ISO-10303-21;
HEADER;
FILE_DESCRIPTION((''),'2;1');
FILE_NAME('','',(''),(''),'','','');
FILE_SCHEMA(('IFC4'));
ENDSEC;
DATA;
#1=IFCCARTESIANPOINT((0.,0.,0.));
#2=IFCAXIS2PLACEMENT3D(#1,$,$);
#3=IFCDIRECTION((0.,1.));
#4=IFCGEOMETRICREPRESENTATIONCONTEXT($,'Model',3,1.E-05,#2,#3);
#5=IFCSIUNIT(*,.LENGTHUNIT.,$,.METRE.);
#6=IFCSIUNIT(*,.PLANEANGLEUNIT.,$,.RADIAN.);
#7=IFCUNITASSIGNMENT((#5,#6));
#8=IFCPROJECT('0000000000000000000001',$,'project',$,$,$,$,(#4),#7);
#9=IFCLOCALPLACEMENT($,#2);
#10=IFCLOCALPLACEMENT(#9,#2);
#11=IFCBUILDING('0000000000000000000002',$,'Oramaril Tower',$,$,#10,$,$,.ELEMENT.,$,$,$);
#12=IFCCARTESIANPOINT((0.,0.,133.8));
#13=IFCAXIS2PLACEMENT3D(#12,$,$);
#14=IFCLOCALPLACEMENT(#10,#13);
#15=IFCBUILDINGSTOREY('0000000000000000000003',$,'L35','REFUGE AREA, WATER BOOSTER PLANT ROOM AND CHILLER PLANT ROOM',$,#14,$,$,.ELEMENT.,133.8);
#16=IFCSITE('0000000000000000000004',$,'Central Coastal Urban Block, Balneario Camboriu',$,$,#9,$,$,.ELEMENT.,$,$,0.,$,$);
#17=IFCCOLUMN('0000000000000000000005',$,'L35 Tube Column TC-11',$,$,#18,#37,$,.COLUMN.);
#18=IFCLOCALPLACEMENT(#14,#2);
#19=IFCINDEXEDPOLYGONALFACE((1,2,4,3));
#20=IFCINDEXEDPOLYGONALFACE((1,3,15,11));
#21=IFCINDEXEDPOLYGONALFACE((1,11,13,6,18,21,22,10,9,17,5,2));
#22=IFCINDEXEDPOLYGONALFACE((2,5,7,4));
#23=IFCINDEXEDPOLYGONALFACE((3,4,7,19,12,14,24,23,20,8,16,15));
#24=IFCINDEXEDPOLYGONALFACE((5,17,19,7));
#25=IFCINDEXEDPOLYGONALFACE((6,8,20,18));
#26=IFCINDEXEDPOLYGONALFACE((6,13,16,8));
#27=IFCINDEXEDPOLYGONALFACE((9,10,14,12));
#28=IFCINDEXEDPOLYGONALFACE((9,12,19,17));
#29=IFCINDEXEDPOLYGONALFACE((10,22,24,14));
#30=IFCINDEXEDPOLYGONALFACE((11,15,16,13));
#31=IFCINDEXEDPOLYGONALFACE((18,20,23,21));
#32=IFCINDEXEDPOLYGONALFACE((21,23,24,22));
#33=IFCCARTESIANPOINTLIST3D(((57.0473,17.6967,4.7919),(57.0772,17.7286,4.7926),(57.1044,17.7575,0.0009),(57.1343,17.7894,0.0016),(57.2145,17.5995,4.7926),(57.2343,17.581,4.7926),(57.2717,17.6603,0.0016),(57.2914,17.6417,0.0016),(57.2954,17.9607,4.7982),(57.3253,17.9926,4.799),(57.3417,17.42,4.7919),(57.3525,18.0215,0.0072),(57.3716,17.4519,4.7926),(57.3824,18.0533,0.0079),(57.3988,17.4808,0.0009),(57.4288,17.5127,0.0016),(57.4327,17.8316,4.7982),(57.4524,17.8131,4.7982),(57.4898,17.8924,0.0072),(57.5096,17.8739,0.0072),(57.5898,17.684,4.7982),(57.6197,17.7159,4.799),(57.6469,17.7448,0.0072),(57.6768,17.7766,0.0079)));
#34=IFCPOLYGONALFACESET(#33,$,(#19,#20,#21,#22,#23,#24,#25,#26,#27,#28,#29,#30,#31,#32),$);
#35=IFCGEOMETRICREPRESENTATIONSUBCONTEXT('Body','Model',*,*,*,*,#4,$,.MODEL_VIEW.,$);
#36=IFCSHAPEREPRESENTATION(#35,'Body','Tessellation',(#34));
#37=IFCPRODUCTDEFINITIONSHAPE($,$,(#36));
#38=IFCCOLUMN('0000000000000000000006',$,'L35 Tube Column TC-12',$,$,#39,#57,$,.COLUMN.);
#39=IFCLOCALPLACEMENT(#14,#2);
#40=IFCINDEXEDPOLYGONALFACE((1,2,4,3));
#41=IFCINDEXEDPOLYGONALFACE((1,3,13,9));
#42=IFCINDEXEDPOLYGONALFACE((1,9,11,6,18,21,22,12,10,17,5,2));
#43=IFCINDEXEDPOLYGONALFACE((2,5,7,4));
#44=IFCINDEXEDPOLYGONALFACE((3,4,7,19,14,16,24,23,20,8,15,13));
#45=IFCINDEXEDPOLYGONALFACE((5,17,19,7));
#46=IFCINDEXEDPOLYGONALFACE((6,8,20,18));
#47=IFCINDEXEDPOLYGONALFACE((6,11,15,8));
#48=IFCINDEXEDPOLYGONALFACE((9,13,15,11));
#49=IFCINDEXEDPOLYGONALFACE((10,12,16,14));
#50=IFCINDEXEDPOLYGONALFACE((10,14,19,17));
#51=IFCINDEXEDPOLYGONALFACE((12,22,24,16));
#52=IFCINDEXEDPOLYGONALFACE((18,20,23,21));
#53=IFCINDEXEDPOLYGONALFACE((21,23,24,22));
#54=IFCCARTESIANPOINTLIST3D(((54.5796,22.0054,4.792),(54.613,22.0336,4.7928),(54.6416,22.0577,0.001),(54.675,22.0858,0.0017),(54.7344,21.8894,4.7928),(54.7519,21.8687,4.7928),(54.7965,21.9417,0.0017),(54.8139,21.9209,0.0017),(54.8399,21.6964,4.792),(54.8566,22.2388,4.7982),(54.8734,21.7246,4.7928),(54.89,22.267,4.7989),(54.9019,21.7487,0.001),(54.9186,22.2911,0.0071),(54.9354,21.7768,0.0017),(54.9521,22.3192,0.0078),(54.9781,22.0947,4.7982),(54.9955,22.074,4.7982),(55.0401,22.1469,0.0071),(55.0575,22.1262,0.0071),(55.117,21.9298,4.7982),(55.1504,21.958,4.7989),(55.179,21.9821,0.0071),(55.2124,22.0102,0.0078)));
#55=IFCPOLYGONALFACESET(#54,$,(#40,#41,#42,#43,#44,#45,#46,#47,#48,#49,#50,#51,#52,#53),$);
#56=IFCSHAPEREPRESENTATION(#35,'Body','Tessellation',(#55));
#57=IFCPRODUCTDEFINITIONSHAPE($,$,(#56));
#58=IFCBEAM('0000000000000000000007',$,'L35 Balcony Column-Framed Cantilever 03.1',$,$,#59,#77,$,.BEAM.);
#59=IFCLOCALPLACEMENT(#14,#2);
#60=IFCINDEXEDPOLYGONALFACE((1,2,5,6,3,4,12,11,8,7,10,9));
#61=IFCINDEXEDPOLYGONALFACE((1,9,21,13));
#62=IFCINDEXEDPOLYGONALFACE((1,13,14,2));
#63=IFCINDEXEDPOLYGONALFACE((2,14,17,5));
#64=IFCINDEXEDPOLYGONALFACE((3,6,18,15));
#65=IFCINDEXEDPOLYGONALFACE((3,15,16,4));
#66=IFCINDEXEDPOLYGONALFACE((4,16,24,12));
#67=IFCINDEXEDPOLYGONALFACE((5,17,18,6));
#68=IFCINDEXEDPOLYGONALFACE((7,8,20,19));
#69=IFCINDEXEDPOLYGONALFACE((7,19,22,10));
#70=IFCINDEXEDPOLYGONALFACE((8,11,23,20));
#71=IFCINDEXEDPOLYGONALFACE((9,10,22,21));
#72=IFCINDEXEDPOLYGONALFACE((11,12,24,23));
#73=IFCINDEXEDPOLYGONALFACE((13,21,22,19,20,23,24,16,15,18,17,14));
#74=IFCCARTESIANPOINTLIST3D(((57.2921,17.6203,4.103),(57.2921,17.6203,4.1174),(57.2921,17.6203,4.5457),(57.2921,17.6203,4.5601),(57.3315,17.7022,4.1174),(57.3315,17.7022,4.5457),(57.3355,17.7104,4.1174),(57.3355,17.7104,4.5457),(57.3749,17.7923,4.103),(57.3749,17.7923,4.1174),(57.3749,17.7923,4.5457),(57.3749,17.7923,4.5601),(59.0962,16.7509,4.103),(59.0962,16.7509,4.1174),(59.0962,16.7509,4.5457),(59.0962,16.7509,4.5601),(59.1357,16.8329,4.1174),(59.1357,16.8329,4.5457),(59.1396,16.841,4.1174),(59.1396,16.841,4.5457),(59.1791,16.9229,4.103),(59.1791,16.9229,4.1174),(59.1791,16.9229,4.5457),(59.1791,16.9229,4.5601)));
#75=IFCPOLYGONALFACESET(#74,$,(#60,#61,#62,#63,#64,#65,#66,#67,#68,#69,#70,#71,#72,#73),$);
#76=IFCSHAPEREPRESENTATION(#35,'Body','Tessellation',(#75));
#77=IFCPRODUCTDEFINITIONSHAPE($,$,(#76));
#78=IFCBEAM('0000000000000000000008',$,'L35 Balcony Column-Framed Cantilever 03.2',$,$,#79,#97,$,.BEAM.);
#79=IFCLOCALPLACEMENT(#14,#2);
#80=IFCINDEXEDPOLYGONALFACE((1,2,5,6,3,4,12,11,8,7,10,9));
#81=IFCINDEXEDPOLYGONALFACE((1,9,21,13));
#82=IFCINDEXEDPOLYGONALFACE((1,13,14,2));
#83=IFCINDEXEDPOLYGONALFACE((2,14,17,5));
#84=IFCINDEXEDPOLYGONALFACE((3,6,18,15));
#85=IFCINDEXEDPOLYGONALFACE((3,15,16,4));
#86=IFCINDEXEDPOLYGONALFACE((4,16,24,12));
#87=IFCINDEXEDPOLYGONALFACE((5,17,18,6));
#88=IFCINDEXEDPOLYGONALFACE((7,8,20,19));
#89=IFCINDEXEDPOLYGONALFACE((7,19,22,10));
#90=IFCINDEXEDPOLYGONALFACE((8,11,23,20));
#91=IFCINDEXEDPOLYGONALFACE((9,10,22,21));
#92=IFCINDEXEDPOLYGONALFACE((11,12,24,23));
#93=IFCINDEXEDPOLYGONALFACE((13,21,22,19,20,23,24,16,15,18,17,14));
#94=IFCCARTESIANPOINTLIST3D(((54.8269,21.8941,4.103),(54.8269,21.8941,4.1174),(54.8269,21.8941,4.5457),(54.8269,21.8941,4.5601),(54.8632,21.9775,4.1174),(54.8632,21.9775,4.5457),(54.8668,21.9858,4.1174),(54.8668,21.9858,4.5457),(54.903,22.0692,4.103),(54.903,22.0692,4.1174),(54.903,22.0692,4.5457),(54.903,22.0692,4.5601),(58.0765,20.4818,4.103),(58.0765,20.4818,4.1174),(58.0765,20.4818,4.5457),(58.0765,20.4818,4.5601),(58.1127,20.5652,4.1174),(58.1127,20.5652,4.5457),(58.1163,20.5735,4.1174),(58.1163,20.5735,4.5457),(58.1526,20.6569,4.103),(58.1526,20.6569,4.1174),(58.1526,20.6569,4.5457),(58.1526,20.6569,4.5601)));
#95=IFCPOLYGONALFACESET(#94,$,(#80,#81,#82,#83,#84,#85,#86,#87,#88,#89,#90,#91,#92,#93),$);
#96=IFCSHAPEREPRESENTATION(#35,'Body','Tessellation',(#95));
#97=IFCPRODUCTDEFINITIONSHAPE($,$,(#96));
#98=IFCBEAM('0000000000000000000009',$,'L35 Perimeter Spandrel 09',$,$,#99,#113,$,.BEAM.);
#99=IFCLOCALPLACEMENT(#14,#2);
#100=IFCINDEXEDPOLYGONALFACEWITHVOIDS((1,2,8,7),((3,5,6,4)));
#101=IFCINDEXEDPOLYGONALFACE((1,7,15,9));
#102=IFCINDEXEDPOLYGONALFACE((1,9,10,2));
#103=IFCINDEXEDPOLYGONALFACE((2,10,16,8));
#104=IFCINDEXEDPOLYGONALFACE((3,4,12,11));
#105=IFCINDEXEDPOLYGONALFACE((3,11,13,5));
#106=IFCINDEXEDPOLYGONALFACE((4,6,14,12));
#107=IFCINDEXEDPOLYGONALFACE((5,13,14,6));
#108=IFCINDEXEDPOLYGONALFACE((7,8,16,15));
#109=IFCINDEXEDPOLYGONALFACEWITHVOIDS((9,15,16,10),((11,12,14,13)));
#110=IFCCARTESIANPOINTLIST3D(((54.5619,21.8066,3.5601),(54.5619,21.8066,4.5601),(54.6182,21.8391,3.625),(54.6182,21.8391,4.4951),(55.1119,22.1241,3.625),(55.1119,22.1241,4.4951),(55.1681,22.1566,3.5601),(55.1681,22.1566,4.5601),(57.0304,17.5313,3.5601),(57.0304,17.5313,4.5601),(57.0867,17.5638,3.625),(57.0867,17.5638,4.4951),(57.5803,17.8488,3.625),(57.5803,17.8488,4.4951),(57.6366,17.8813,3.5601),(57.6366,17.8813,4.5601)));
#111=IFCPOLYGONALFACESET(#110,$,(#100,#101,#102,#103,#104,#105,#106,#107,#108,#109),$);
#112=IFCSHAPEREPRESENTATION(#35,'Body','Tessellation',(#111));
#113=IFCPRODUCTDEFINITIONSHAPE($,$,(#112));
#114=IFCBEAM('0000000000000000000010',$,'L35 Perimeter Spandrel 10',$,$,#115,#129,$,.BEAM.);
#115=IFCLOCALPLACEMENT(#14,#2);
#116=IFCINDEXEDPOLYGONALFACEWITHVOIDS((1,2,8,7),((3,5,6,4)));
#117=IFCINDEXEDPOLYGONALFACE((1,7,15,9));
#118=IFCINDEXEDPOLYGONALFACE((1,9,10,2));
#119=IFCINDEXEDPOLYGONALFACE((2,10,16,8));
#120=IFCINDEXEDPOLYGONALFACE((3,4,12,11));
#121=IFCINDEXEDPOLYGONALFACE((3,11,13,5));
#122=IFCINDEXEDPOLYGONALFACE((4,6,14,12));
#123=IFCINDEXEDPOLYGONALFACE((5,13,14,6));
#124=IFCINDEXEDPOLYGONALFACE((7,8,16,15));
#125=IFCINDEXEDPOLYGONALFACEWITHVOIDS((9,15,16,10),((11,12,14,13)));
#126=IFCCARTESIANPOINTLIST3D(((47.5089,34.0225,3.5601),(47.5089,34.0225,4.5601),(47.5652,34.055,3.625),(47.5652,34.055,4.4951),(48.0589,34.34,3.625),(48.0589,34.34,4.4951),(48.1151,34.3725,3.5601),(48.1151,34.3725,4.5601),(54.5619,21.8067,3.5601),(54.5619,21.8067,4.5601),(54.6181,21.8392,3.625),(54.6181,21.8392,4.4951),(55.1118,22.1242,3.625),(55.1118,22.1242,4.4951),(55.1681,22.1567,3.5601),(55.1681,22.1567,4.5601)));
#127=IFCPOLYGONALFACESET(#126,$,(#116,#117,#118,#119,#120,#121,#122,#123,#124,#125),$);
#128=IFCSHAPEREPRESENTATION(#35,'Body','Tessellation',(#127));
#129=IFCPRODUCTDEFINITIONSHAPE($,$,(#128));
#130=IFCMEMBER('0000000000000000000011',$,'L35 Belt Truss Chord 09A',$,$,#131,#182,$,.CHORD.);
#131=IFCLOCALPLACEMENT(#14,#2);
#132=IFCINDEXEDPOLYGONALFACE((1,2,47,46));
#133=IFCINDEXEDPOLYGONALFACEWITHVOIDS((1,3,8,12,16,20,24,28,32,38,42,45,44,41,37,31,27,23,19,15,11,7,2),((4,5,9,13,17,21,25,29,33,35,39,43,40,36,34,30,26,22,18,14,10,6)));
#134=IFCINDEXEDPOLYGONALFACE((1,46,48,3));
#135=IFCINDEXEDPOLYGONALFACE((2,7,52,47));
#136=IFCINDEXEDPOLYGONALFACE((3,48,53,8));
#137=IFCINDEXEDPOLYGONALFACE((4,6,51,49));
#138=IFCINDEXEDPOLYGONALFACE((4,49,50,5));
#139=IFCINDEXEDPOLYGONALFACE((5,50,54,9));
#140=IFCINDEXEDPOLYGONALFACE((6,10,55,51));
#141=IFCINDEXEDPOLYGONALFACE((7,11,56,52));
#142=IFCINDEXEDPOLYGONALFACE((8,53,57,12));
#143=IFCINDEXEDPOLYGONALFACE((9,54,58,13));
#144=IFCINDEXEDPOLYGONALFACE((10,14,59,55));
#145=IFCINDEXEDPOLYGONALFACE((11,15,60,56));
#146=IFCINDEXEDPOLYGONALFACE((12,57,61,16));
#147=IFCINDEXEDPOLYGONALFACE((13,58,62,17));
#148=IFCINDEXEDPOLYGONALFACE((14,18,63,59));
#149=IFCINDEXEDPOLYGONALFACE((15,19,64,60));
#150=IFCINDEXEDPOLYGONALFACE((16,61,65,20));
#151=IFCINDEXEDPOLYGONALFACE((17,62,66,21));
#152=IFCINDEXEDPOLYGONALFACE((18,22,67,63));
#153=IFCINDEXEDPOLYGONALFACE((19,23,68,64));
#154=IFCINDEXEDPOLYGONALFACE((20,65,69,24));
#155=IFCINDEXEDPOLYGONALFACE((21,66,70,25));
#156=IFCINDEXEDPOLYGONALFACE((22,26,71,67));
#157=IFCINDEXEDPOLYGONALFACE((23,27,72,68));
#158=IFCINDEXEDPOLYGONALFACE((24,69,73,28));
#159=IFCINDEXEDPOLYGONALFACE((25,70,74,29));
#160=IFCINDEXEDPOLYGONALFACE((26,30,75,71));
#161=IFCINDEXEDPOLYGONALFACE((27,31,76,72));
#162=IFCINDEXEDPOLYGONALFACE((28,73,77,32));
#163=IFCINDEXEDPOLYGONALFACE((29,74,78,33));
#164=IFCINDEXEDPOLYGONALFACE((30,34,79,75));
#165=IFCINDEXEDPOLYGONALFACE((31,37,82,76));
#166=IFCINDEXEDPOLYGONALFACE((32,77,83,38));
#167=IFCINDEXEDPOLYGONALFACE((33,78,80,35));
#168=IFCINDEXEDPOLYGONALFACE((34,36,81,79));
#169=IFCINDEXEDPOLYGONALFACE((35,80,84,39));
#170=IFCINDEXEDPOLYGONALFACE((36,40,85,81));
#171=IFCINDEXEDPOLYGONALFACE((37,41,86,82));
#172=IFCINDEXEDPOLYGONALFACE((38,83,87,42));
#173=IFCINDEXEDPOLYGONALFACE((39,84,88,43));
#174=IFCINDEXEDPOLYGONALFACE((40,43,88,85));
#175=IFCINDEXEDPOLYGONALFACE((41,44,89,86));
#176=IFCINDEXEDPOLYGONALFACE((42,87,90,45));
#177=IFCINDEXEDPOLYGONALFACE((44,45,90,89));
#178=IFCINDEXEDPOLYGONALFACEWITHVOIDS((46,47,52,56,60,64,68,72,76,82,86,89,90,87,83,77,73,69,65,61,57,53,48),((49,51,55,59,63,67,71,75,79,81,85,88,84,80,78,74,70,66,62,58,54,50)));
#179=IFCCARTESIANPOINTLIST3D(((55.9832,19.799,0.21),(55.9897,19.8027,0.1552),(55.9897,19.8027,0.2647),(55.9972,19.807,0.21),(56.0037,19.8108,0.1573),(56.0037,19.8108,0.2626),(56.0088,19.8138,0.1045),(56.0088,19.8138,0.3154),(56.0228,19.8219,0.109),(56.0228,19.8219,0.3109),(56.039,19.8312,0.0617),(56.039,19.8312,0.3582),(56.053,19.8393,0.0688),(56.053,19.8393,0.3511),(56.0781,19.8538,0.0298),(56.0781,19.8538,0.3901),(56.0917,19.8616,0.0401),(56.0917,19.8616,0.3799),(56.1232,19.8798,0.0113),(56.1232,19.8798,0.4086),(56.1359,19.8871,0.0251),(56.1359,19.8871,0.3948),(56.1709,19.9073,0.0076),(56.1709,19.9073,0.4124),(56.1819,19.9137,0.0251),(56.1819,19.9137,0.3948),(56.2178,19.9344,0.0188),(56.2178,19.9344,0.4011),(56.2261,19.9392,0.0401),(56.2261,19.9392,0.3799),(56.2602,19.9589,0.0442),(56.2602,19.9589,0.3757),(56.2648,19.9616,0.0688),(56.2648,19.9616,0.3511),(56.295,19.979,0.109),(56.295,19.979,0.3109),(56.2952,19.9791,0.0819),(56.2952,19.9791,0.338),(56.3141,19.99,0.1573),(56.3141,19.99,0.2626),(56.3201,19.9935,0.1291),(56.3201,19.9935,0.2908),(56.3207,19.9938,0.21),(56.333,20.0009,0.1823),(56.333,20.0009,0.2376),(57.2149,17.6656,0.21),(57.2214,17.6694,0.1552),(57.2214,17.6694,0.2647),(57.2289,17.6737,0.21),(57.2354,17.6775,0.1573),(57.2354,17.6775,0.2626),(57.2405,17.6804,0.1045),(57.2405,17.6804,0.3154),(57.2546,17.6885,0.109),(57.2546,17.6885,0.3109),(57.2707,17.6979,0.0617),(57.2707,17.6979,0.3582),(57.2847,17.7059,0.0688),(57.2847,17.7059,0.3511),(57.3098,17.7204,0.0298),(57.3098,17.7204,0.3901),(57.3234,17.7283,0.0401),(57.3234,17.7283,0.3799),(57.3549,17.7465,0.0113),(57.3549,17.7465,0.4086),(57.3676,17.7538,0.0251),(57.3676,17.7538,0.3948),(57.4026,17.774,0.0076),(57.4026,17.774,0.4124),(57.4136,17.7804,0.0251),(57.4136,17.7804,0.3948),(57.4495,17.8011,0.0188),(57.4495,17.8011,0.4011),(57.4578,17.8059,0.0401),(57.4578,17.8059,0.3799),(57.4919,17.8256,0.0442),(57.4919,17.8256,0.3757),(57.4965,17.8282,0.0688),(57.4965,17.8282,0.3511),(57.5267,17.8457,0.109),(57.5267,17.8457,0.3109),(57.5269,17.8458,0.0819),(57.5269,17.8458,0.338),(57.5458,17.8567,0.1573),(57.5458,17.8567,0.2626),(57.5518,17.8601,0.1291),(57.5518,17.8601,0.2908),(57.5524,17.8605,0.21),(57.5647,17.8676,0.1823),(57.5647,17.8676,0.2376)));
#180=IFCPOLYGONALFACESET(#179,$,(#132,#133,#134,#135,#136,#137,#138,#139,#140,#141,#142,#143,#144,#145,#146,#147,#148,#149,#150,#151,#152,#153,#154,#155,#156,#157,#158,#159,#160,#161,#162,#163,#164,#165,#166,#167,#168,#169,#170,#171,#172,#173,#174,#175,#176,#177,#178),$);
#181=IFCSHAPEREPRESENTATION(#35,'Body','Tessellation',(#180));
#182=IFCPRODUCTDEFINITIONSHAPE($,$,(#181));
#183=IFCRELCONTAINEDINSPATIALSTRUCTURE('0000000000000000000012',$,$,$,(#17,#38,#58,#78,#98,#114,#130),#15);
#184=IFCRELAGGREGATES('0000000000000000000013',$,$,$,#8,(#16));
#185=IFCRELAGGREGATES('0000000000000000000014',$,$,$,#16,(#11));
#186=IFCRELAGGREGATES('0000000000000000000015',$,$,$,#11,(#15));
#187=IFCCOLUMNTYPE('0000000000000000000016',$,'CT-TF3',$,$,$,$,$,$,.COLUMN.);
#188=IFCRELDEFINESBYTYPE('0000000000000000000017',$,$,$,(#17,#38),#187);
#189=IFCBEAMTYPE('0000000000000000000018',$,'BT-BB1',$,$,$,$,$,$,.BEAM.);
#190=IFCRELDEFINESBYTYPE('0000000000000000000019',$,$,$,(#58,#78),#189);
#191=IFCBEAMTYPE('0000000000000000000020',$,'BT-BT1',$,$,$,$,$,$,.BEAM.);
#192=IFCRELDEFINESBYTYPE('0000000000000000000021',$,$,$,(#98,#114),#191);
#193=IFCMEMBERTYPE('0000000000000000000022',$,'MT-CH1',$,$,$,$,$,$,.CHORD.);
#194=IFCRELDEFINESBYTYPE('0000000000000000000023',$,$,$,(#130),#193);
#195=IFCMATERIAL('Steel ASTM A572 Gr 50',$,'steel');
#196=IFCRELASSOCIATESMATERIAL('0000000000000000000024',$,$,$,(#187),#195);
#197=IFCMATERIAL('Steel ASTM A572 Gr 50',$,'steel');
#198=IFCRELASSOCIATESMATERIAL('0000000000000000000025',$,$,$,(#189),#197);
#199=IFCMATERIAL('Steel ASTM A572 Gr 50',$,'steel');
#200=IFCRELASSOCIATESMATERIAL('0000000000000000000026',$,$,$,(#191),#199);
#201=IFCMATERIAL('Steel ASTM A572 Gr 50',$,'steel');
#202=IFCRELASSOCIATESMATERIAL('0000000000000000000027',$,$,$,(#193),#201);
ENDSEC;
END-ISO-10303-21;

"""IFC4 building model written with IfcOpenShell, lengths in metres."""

from ifc_helpers import new_model, si_unit, direction, frame, origin, origin_2d, place, context, subcontext, project, spatial, hollow_rectangle, hollow_circle, i_section, extrude, material, material_profile, profile_set, type_object, element, save


model = new_model("IFC4")

# Units and contexts
model_context = context("Model", 3, precision=1e-05, world=origin(), true_north=direction((0.0, 1.0)))
body_context = subcontext(model_context, "Body", "Model", "MODEL_VIEW")
ifc_project = project(units=[si_unit("LENGTHUNIT", "METRE"), si_unit("PLANEANGLEUNIT", "RADIAN")], contexts=[model_context])

# Site, building, storey
site_placement = place(None, origin())
site = spatial("IfcSite", under=ifc_project, at=site_placement, Name="Central Coastal Urban Block, Balneario Camboriu", CompositionType="ELEMENT", RefElevation=0.0)
building_placement = place(site_placement, origin())
building = spatial("IfcBuilding", under=site, at=building_placement, Name="Oramaril Tower", CompositionType="ELEMENT")
storey_placement = place(building_placement, frame((0.0, 0.0, 133.8)))
storey = spatial("IfcBuildingStorey", under=building, at=storey_placement, Name="L35", Description="REFUGE AREA, WATER BOOSTER PLANT ROOM AND CHILLER PLANT ROOM", CompositionType="ELEMENT", Elevation=133.8)

# Columns
ifc_material_1 = material(Name="Steel ASTM A572 Gr 50", Category="steel")
ifc_material_profile_1 = material_profile(ifc_material_1, i_section(OverallWidth=0.4041, OverallDepth=0.406, WebThickness=0.0271, FlangeThickness=0.0437, at=origin_2d()), Name="W14X233")
ifc_profile_set_1 = profile_set([ifc_material_profile_1], Name="Steel ASTM A572 Gr 50")
column_type = type_object("IfcColumnType", Name="CT-TF3", PredefinedType="COLUMN", material=ifc_profile_set_1)
for number, where, z_axis, x_axis, name in (
    (1, (57.3906, 17.7671, 0.0044), (-0.011922, -0.012687, 0.999848), (0.728715, -0.684817, 0.0), "L35 Tube Column TC-11"),
    (2, (54.927, 22.0339, 0.0044), (-0.012941, -0.010903, 0.999857), (0.644321, -0.764755, 0.0), "L35 Tube Column TC-12"),
):
    element("IfcColumn", number, at=place(storey_placement, frame(where, z_axis=z_axis, x_axis=x_axis)), inside=storey, type_object=column_type, Name=name, PredefinedType="COLUMN", context=body_context, shape_type="SweptSolid", body=[
        extrude(i_section(OverallWidth=0.4041, OverallDepth=0.406, WebThickness=0.0271, FlangeThickness=0.0437, at=origin_2d()), origin(), (0.0, 0.0, 1.0), 4.7917),
    ])

# Beams
ifc_material_2 = material(Name="Steel ASTM A572 Gr 50", Category="steel")
ifc_material_profile_2 = material_profile(ifc_material_2, i_section(OverallWidth=0.1909, OverallDepth=0.457, WebThickness=0.009, FlangeThickness=0.0144, at=origin_2d()), Name="W18X50")
ifc_profile_set_2 = profile_set([ifc_material_profile_2], Name="Steel ASTM A572 Gr 50")
beam_type_1 = type_object("IfcBeamType", Name="BT-BB1", PredefinedType="BEAM", material=ifc_profile_set_2)
beam_1_placement = place(storey_placement, frame((57.3335, 17.7063, 4.3315), z_axis=(0.900866, -0.434098, 0.0), x_axis=(0.434098, 0.900866, 0.0)))
element("IfcBeam", 3, at=beam_1_placement, inside=storey, type_object=beam_type_1, Name="L35 Balcony Column-Framed Cantilever 03.1", PredefinedType="BEAM", context=body_context, shape_type="SweptSolid", body=[
    extrude(i_section(OverallWidth=0.1909, OverallDepth=0.457, WebThickness=0.009, FlangeThickness=0.0144, at=origin_2d()), origin(), (0.0, 0.0, 1.0), 2.0027),
])
beam_2_placement = place(storey_placement, frame((54.865, 21.9817, 4.3315), z_axis=(0.917119, -0.398613, 0.0), x_axis=(0.398613, 0.917119, 0.0)))
element("IfcBeam", 4, at=beam_2_placement, inside=storey, type_object=beam_type_1, Name="L35 Balcony Column-Framed Cantilever 03.2", PredefinedType="BEAM", context=body_context, shape_type="SweptSolid", body=[
    extrude(i_section(OverallWidth=0.1909, OverallDepth=0.457, WebThickness=0.009, FlangeThickness=0.0144, at=origin_2d()), origin(), (0.0, 0.0, 1.0), 3.5432),
])
ifc_material_3 = material(Name="Steel ASTM A572 Gr 50", Category="steel")
ifc_material_profile_3 = material_profile(ifc_material_3, hollow_rectangle(XDim=0.7, YDim=1.0, WallThickness=0.0649, at=origin_2d()), Name="BOX1000X700X65")
ifc_profile_set_3 = profile_set([ifc_material_profile_3], Name="Steel ASTM A572 Gr 50")
beam_type_2 = type_object("IfcBeamType", Name="BT-BT1", PredefinedType="BEAM", material=ifc_profile_set_3)
beam_3_placement = place(storey_placement, frame((57.3335, 17.7063, 4.0601), z_axis=(-0.500016, 0.866016, 0.0), x_axis=(-0.866016, -0.500016, 0.0)))
element("IfcBeam", 5, at=beam_3_placement, inside=storey, type_object=beam_type_2, Name="L35 Perimeter Spandrel 09", PredefinedType="BEAM", context=body_context, shape_type="SweptSolid", body=[
    extrude(hollow_rectangle(XDim=0.7, YDim=1.0, WallThickness=0.0649, at=origin_2d()), origin(), (0.0, 0.0, 1.0), 4.9368),
])
beam_4_placement = place(storey_placement, frame((54.865, 21.9817, 4.0601), z_axis=(-0.500009, 0.86602, 0.0), x_axis=(-0.86602, -0.500009, 0.0)))
element("IfcBeam", 6, at=beam_4_placement, inside=storey, type_object=beam_type_2, Name="L35 Perimeter Spandrel 10", PredefinedType="BEAM", context=body_context, shape_type="SweptSolid", body=[
    extrude(hollow_rectangle(XDim=0.7, YDim=1.0, WallThickness=0.0649, at=origin_2d()), origin(), (0.0, 0.0, 1.0), 14.1057),
])

# Member
ifc_material_4 = material(Name="Steel ASTM A572 Gr 50", Category="steel")
ifc_material_profile_4 = material_profile(ifc_material_4, hollow_circle(Radius=0.2029, WallThickness=0.0161, at=origin_2d()), Name="CHS406X16")
ifc_profile_set_4 = profile_set([ifc_material_profile_4], Name="Steel ASTM A572 Gr 50")
member_type_1 = type_object("IfcMemberType", Name="MT-CH1", PredefinedType="CHORD", material=ifc_profile_set_4)
member_1_placement = place(storey_placement, frame((57.3906, 17.7671, 0.21), z_axis=(-0.500008, 0.866021, 0.0), x_axis=(-0.866021, -0.500008, 0.0)))
element("IfcMember", 7, at=member_1_placement, inside=storey, type_object=member_type_1, Name="L35 Belt Truss Chord 09A", PredefinedType="CHORD", context=body_context, shape_type="SweptSolid", body=[
    extrude(hollow_circle(Radius=0.2029, WallThickness=0.0161, at=origin_2d()), origin(), (0.0, 0.0, 1.0), 2.4634),
])

save(model, "model.ifc")
